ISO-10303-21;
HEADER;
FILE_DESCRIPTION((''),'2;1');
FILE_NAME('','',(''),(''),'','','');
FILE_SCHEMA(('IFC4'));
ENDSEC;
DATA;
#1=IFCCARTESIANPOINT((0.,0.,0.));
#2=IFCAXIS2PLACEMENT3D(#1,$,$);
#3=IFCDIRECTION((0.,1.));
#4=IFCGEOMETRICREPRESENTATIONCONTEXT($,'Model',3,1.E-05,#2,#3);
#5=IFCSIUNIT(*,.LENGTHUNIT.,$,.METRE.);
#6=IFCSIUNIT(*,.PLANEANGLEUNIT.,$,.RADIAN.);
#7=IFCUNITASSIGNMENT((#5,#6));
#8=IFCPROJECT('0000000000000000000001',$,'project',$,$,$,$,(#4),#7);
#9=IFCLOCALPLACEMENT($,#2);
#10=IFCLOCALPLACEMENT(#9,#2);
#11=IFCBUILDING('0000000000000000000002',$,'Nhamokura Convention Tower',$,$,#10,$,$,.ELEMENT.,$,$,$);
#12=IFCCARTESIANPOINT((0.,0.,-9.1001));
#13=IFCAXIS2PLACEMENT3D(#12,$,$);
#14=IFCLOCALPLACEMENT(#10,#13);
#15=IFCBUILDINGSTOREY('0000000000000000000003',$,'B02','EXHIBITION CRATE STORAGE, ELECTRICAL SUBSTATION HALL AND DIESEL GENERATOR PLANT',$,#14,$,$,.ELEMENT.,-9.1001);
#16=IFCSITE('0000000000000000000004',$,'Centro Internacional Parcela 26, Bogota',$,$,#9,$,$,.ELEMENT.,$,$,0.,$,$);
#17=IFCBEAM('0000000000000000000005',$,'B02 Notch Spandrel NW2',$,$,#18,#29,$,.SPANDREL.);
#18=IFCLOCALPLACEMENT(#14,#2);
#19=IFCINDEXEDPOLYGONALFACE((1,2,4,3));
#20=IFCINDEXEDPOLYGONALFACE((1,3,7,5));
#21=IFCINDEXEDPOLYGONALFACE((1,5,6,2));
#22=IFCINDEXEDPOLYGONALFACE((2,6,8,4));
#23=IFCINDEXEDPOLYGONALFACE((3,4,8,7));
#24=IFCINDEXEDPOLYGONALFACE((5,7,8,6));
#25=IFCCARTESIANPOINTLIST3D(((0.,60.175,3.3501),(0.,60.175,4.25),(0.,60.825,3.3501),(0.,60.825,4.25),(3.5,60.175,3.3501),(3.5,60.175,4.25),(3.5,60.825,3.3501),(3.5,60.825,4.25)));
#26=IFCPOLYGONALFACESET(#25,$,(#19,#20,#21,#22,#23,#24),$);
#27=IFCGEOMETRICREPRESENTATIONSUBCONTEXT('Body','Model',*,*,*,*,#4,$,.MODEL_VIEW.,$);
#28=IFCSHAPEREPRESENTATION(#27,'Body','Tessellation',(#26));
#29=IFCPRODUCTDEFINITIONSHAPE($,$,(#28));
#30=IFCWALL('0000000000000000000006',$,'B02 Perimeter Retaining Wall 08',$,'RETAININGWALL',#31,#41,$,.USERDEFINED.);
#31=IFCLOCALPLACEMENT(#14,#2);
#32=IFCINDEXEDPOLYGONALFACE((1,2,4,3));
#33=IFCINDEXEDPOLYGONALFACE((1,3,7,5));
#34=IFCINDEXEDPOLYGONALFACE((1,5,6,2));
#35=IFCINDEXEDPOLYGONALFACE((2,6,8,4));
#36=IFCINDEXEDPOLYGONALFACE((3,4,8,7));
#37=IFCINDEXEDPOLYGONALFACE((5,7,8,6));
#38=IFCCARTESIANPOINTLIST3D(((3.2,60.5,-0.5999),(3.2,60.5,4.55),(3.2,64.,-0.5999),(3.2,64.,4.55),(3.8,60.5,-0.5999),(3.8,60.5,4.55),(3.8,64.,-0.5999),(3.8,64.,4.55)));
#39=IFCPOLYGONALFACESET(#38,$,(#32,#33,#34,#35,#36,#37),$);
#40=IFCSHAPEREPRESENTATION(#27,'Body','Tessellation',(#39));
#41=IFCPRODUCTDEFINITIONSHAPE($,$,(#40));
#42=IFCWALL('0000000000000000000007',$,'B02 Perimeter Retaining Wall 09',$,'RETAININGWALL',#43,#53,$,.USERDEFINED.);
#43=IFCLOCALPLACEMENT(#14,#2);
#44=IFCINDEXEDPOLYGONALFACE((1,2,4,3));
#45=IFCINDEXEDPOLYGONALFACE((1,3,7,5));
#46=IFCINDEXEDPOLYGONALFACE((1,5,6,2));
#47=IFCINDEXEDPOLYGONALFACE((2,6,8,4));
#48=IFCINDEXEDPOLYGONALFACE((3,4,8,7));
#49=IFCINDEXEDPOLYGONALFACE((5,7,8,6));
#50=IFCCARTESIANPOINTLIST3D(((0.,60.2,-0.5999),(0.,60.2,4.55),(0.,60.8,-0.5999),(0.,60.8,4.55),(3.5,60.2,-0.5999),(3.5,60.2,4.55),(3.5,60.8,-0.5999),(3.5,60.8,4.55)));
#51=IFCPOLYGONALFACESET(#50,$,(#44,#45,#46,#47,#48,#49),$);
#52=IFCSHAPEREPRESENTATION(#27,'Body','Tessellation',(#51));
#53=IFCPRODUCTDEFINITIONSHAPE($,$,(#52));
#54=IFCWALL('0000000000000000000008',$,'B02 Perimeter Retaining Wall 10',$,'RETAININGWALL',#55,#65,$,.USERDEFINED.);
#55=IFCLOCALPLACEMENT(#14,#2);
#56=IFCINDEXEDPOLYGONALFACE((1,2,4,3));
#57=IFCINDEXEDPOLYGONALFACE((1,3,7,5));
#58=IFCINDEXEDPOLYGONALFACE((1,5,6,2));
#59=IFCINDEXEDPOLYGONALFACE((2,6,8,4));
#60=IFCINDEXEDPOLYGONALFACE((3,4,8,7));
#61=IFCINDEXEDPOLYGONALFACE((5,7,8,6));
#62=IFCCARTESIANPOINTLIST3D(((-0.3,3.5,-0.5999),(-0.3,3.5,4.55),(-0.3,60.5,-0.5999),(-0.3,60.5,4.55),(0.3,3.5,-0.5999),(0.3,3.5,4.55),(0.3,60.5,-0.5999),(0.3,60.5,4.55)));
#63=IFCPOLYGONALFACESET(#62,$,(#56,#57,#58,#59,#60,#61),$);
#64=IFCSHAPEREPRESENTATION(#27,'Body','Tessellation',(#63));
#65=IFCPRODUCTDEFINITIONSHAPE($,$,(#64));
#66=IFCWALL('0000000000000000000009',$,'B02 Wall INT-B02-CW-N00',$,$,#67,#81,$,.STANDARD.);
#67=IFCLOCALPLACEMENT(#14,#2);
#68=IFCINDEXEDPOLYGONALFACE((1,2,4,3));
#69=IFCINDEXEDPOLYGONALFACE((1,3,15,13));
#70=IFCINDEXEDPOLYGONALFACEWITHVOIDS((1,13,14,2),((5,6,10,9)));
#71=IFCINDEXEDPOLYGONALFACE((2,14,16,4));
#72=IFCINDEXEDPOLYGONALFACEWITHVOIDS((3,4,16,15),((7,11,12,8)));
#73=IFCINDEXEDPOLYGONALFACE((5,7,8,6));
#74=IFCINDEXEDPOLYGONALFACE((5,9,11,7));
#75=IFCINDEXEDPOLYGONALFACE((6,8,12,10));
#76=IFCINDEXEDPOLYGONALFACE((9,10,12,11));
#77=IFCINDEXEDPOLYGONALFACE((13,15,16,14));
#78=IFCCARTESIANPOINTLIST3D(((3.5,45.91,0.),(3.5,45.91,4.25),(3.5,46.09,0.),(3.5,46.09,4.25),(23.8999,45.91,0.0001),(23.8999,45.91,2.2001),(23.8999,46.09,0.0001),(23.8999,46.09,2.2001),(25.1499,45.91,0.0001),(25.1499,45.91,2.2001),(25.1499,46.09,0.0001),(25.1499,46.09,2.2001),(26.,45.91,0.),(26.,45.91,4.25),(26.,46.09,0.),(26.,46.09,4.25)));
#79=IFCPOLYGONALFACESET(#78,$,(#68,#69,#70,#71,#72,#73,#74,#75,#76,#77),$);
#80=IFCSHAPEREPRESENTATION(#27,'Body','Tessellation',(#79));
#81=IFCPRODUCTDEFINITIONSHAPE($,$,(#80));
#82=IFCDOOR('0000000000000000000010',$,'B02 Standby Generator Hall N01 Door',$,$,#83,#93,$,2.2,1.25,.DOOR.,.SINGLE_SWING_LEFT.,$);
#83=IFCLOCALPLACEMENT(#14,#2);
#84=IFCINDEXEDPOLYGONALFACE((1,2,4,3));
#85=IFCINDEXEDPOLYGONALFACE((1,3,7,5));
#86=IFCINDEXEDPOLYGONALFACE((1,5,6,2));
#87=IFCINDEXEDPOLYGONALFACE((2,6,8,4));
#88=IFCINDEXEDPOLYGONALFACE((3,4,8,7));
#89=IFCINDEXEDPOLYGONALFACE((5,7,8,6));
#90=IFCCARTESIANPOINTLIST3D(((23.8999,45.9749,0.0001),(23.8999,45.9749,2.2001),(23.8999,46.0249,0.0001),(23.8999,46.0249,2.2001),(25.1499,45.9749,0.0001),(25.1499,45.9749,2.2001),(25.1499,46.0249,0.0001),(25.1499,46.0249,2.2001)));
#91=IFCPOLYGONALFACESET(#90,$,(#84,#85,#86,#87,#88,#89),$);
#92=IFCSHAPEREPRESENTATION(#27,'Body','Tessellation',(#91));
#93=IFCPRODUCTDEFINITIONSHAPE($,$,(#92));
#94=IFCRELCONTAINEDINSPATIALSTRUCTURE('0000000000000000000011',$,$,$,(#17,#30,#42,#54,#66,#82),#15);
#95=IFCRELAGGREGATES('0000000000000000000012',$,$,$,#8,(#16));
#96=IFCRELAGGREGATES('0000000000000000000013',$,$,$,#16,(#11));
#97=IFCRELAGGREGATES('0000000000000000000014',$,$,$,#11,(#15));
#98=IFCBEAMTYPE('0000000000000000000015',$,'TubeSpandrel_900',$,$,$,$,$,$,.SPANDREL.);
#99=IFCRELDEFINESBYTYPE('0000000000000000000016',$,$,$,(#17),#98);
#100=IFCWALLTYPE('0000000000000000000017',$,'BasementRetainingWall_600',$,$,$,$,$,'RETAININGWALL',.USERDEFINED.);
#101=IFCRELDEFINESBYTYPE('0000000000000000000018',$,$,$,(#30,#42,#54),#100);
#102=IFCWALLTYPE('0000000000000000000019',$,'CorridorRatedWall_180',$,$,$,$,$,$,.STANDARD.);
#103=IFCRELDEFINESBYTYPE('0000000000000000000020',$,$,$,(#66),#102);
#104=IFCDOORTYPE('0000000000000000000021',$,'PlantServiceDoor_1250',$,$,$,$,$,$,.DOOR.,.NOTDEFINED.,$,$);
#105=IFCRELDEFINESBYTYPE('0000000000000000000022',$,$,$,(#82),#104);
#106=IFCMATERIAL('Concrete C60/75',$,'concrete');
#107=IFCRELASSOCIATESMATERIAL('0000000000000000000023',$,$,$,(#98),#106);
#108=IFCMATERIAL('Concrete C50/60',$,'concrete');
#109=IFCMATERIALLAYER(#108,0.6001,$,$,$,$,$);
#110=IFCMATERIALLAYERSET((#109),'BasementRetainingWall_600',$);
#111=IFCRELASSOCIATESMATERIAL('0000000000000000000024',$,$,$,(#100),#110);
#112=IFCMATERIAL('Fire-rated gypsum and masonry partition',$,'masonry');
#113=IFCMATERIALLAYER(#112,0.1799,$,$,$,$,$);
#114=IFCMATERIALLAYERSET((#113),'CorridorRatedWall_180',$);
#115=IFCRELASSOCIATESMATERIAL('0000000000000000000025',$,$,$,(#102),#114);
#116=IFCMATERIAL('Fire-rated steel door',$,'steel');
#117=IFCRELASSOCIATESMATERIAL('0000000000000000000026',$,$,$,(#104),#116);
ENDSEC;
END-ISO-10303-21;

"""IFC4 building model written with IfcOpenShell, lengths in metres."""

from ifc_helpers import new_model, si_unit, direction, frame, frame_2d, origin, origin_2d, place, context, subcontext, project, spatial, rectangle, extrude, material, layer, layer_set, material_profile, profile_set, type_object, element, fill, save


model = new_model("IFC4")

# Units and contexts
model_context = context("Model", 3, precision=1e-05, world=origin(), true_north=direction((0.0, 1.0)))
body_context = subcontext(model_context, "Body", "Model", "MODEL_VIEW")
ifc_project = project(units=[si_unit("LENGTHUNIT", "METRE"), si_unit("PLANEANGLEUNIT", "RADIAN")], contexts=[model_context])

# Site, building, storey
site_placement = place(None, origin())
site = spatial("IfcSite", under=ifc_project, at=site_placement, Name="Centro Internacional Parcela 26, Bogota", CompositionType="ELEMENT", RefElevation=0.0)
building_placement = place(site_placement, origin())
building = spatial("IfcBuilding", under=site, at=building_placement, Name="Nhamokura Convention Tower", CompositionType="ELEMENT")
storey_placement = place(building_placement, frame((0.0, 0.0, -9.1001)))
storey = spatial("IfcBuildingStorey", under=building, at=storey_placement, Name="B02", Description="EXHIBITION CRATE STORAGE, ELECTRICAL SUBSTATION HALL AND DIESEL GENERATOR PLANT", CompositionType="ELEMENT", Elevation=-9.1001)

# Beam
ifc_material_1 = material(Name="Concrete C60/75", Category="concrete")
ifc_material_profile_1 = material_profile(ifc_material_1, rectangle(XDim=0.6499, YDim=0.8999, at=origin_2d()))
ifc_profile_set_1 = profile_set([ifc_material_profile_1], Name="Concrete C60/75")
beam_type_1 = type_object("IfcBeamType", Name="TubeSpandrel_900", PredefinedType="SPANDREL", material=ifc_profile_set_1)
for number, where, z_axis, x_axis, name in (
    (1, (3.5, 60.5, 3.8), (-1.0, 0.0, 0.0), (0.0, -1.0, 0.0), "B02 Notch Spandrel NW2"),
):
    element("IfcBeam", number, at=place(storey_placement, frame(where, z_axis=z_axis, x_axis=x_axis)), inside=storey, type_object=beam_type_1, Name=name, PredefinedType="SPANDREL", context=body_context, shape_type="SweptSolid", body=[
        extrude(rectangle(XDim=0.6499, YDim=0.8999, at=origin_2d()), origin(), (0.0, 0.0, 1.0), 3.5),
    ])

# Walls
ifc_material_2 = material(Name="Concrete C50/60", Category="concrete")
ifc_layer_1 = layer(ifc_material_2, 0.6001)
ifc_layer_set_1 = layer_set([ifc_layer_1], Name="BasementRetainingWall_600")
wall_type_1 = type_object("IfcWallType", Name="BasementRetainingWall_600", ElementType="RETAININGWALL", PredefinedType="USERDEFINED", material=ifc_layer_set_1)
for number, where, z_axis, x_axis, name in (
    (2, (3.5, 64.0, -0.5999), (0.0, 0.0, 1.0), (0.0, -1.0, 0.0), "B02 Perimeter Retaining Wall 08"),
    (3, (3.5, 60.5, -0.5999), (0.0, 0.0, 1.0), (-1.0, 0.0, 0.0), "B02 Perimeter Retaining Wall 09"),
):
    element("IfcWall", number, at=place(storey_placement, frame(where, z_axis=z_axis, x_axis=x_axis)), inside=storey, type_object=wall_type_1, Name=name, ObjectType="RETAININGWALL", PredefinedType="USERDEFINED", context=body_context, shape_type="SweptSolid", body=[
        extrude(rectangle(XDim=3.5, YDim=0.6001, at=frame_2d((1.75, 0.0))), origin(), (0.0, 0.0, 1.0), 5.1499),
    ])
wall_1_placement = place(storey_placement, frame((0.0, 60.5, -0.5999), z_axis=(0.0, 0.0, 1.0), x_axis=(0.0, -1.0, 0.0)))
element("IfcWall", 4, at=wall_1_placement, inside=storey, type_object=wall_type_1, Name="B02 Perimeter Retaining Wall 10", ObjectType="RETAININGWALL", PredefinedType="USERDEFINED", context=body_context, shape_type="SweptSolid", body=[
    extrude(rectangle(XDim=57.0, YDim=0.6001, at=frame_2d((28.5, 0.0))), origin(), (0.0, 0.0, 1.0), 5.1499),
])

# Wall, opening, door
ifc_material_3 = material(Name="Fire-rated gypsum and masonry partition", Category="masonry")
ifc_layer_2 = layer(ifc_material_3, 0.1799)
ifc_layer_set_2 = layer_set([ifc_layer_2], Name="CorridorRatedWall_180")
wall_type_2 = type_object("IfcWallType", Name="CorridorRatedWall_180", PredefinedType="STANDARD", material=ifc_layer_set_2)
wall_2_placement = place(storey_placement, frame((3.5, 46.0, 0.0), z_axis=(0.0, 0.0, 1.0), x_axis=(1.0, 0.0, 0.0)))
wall_2 = element("IfcWall", 5, at=wall_2_placement, inside=storey, type_object=wall_type_2, Name="B02 Wall INT-B02-CW-N00", PredefinedType="STANDARD", context=body_context, shape_type="SweptSolid", body=[
    extrude(rectangle(XDim=22.5, YDim=0.1799, at=frame_2d((11.25, 0.0))), origin(), (0.0, 0.0, 1.0), 4.25),
])
opening_placement = place(wall_2_placement, frame((20.3999, 0.0, 0.0)))
opening = element("IfcOpeningElement", 6, at=opening_placement, cuts=wall_2, PredefinedType="OPENING", context=body_context, shape_type="SweptSolid", body=[
    extrude(rectangle(XDim=1.25, YDim=2.2, at=frame_2d((0.625, 1.1001))), frame((0.0, 0.0999, 0.0), z_axis=(0.0, -1.0, 0.0), x_axis=(1.0, 0.0, 0.0)), (0.0, 0.0, 1.0), 0.2),
])
ifc_material_4 = material(Name="Fire-rated steel door", Category="steel")
door_type = type_object("IfcDoorType", Name="PlantServiceDoor_1250", OperationType="NOTDEFINED", PredefinedType="DOOR", material=ifc_material_4)
door_placement = place(opening_placement, origin())
door = element("IfcDoor", 7, at=door_placement, inside=storey, type_object=door_type, Name="B02 Standby Generator Hall N01 Door", OperationType="SINGLE_SWING_LEFT", OverallHeight=2.2, OverallWidth=1.25, PredefinedType="DOOR", context=body_context, shape_type="SweptSolid", body=[
    extrude(rectangle(XDim=1.25, YDim=2.2, at=frame_2d((0.625, 1.1001))), frame((0.0, 0.0249, 0.0), z_axis=(0.0, -1.0, 0.0), x_axis=(1.0, 0.0, 0.0)), (0.0, 0.0, 1.0), 0.05),
])
fill(opening, door)

save(model, "model.ifc")
